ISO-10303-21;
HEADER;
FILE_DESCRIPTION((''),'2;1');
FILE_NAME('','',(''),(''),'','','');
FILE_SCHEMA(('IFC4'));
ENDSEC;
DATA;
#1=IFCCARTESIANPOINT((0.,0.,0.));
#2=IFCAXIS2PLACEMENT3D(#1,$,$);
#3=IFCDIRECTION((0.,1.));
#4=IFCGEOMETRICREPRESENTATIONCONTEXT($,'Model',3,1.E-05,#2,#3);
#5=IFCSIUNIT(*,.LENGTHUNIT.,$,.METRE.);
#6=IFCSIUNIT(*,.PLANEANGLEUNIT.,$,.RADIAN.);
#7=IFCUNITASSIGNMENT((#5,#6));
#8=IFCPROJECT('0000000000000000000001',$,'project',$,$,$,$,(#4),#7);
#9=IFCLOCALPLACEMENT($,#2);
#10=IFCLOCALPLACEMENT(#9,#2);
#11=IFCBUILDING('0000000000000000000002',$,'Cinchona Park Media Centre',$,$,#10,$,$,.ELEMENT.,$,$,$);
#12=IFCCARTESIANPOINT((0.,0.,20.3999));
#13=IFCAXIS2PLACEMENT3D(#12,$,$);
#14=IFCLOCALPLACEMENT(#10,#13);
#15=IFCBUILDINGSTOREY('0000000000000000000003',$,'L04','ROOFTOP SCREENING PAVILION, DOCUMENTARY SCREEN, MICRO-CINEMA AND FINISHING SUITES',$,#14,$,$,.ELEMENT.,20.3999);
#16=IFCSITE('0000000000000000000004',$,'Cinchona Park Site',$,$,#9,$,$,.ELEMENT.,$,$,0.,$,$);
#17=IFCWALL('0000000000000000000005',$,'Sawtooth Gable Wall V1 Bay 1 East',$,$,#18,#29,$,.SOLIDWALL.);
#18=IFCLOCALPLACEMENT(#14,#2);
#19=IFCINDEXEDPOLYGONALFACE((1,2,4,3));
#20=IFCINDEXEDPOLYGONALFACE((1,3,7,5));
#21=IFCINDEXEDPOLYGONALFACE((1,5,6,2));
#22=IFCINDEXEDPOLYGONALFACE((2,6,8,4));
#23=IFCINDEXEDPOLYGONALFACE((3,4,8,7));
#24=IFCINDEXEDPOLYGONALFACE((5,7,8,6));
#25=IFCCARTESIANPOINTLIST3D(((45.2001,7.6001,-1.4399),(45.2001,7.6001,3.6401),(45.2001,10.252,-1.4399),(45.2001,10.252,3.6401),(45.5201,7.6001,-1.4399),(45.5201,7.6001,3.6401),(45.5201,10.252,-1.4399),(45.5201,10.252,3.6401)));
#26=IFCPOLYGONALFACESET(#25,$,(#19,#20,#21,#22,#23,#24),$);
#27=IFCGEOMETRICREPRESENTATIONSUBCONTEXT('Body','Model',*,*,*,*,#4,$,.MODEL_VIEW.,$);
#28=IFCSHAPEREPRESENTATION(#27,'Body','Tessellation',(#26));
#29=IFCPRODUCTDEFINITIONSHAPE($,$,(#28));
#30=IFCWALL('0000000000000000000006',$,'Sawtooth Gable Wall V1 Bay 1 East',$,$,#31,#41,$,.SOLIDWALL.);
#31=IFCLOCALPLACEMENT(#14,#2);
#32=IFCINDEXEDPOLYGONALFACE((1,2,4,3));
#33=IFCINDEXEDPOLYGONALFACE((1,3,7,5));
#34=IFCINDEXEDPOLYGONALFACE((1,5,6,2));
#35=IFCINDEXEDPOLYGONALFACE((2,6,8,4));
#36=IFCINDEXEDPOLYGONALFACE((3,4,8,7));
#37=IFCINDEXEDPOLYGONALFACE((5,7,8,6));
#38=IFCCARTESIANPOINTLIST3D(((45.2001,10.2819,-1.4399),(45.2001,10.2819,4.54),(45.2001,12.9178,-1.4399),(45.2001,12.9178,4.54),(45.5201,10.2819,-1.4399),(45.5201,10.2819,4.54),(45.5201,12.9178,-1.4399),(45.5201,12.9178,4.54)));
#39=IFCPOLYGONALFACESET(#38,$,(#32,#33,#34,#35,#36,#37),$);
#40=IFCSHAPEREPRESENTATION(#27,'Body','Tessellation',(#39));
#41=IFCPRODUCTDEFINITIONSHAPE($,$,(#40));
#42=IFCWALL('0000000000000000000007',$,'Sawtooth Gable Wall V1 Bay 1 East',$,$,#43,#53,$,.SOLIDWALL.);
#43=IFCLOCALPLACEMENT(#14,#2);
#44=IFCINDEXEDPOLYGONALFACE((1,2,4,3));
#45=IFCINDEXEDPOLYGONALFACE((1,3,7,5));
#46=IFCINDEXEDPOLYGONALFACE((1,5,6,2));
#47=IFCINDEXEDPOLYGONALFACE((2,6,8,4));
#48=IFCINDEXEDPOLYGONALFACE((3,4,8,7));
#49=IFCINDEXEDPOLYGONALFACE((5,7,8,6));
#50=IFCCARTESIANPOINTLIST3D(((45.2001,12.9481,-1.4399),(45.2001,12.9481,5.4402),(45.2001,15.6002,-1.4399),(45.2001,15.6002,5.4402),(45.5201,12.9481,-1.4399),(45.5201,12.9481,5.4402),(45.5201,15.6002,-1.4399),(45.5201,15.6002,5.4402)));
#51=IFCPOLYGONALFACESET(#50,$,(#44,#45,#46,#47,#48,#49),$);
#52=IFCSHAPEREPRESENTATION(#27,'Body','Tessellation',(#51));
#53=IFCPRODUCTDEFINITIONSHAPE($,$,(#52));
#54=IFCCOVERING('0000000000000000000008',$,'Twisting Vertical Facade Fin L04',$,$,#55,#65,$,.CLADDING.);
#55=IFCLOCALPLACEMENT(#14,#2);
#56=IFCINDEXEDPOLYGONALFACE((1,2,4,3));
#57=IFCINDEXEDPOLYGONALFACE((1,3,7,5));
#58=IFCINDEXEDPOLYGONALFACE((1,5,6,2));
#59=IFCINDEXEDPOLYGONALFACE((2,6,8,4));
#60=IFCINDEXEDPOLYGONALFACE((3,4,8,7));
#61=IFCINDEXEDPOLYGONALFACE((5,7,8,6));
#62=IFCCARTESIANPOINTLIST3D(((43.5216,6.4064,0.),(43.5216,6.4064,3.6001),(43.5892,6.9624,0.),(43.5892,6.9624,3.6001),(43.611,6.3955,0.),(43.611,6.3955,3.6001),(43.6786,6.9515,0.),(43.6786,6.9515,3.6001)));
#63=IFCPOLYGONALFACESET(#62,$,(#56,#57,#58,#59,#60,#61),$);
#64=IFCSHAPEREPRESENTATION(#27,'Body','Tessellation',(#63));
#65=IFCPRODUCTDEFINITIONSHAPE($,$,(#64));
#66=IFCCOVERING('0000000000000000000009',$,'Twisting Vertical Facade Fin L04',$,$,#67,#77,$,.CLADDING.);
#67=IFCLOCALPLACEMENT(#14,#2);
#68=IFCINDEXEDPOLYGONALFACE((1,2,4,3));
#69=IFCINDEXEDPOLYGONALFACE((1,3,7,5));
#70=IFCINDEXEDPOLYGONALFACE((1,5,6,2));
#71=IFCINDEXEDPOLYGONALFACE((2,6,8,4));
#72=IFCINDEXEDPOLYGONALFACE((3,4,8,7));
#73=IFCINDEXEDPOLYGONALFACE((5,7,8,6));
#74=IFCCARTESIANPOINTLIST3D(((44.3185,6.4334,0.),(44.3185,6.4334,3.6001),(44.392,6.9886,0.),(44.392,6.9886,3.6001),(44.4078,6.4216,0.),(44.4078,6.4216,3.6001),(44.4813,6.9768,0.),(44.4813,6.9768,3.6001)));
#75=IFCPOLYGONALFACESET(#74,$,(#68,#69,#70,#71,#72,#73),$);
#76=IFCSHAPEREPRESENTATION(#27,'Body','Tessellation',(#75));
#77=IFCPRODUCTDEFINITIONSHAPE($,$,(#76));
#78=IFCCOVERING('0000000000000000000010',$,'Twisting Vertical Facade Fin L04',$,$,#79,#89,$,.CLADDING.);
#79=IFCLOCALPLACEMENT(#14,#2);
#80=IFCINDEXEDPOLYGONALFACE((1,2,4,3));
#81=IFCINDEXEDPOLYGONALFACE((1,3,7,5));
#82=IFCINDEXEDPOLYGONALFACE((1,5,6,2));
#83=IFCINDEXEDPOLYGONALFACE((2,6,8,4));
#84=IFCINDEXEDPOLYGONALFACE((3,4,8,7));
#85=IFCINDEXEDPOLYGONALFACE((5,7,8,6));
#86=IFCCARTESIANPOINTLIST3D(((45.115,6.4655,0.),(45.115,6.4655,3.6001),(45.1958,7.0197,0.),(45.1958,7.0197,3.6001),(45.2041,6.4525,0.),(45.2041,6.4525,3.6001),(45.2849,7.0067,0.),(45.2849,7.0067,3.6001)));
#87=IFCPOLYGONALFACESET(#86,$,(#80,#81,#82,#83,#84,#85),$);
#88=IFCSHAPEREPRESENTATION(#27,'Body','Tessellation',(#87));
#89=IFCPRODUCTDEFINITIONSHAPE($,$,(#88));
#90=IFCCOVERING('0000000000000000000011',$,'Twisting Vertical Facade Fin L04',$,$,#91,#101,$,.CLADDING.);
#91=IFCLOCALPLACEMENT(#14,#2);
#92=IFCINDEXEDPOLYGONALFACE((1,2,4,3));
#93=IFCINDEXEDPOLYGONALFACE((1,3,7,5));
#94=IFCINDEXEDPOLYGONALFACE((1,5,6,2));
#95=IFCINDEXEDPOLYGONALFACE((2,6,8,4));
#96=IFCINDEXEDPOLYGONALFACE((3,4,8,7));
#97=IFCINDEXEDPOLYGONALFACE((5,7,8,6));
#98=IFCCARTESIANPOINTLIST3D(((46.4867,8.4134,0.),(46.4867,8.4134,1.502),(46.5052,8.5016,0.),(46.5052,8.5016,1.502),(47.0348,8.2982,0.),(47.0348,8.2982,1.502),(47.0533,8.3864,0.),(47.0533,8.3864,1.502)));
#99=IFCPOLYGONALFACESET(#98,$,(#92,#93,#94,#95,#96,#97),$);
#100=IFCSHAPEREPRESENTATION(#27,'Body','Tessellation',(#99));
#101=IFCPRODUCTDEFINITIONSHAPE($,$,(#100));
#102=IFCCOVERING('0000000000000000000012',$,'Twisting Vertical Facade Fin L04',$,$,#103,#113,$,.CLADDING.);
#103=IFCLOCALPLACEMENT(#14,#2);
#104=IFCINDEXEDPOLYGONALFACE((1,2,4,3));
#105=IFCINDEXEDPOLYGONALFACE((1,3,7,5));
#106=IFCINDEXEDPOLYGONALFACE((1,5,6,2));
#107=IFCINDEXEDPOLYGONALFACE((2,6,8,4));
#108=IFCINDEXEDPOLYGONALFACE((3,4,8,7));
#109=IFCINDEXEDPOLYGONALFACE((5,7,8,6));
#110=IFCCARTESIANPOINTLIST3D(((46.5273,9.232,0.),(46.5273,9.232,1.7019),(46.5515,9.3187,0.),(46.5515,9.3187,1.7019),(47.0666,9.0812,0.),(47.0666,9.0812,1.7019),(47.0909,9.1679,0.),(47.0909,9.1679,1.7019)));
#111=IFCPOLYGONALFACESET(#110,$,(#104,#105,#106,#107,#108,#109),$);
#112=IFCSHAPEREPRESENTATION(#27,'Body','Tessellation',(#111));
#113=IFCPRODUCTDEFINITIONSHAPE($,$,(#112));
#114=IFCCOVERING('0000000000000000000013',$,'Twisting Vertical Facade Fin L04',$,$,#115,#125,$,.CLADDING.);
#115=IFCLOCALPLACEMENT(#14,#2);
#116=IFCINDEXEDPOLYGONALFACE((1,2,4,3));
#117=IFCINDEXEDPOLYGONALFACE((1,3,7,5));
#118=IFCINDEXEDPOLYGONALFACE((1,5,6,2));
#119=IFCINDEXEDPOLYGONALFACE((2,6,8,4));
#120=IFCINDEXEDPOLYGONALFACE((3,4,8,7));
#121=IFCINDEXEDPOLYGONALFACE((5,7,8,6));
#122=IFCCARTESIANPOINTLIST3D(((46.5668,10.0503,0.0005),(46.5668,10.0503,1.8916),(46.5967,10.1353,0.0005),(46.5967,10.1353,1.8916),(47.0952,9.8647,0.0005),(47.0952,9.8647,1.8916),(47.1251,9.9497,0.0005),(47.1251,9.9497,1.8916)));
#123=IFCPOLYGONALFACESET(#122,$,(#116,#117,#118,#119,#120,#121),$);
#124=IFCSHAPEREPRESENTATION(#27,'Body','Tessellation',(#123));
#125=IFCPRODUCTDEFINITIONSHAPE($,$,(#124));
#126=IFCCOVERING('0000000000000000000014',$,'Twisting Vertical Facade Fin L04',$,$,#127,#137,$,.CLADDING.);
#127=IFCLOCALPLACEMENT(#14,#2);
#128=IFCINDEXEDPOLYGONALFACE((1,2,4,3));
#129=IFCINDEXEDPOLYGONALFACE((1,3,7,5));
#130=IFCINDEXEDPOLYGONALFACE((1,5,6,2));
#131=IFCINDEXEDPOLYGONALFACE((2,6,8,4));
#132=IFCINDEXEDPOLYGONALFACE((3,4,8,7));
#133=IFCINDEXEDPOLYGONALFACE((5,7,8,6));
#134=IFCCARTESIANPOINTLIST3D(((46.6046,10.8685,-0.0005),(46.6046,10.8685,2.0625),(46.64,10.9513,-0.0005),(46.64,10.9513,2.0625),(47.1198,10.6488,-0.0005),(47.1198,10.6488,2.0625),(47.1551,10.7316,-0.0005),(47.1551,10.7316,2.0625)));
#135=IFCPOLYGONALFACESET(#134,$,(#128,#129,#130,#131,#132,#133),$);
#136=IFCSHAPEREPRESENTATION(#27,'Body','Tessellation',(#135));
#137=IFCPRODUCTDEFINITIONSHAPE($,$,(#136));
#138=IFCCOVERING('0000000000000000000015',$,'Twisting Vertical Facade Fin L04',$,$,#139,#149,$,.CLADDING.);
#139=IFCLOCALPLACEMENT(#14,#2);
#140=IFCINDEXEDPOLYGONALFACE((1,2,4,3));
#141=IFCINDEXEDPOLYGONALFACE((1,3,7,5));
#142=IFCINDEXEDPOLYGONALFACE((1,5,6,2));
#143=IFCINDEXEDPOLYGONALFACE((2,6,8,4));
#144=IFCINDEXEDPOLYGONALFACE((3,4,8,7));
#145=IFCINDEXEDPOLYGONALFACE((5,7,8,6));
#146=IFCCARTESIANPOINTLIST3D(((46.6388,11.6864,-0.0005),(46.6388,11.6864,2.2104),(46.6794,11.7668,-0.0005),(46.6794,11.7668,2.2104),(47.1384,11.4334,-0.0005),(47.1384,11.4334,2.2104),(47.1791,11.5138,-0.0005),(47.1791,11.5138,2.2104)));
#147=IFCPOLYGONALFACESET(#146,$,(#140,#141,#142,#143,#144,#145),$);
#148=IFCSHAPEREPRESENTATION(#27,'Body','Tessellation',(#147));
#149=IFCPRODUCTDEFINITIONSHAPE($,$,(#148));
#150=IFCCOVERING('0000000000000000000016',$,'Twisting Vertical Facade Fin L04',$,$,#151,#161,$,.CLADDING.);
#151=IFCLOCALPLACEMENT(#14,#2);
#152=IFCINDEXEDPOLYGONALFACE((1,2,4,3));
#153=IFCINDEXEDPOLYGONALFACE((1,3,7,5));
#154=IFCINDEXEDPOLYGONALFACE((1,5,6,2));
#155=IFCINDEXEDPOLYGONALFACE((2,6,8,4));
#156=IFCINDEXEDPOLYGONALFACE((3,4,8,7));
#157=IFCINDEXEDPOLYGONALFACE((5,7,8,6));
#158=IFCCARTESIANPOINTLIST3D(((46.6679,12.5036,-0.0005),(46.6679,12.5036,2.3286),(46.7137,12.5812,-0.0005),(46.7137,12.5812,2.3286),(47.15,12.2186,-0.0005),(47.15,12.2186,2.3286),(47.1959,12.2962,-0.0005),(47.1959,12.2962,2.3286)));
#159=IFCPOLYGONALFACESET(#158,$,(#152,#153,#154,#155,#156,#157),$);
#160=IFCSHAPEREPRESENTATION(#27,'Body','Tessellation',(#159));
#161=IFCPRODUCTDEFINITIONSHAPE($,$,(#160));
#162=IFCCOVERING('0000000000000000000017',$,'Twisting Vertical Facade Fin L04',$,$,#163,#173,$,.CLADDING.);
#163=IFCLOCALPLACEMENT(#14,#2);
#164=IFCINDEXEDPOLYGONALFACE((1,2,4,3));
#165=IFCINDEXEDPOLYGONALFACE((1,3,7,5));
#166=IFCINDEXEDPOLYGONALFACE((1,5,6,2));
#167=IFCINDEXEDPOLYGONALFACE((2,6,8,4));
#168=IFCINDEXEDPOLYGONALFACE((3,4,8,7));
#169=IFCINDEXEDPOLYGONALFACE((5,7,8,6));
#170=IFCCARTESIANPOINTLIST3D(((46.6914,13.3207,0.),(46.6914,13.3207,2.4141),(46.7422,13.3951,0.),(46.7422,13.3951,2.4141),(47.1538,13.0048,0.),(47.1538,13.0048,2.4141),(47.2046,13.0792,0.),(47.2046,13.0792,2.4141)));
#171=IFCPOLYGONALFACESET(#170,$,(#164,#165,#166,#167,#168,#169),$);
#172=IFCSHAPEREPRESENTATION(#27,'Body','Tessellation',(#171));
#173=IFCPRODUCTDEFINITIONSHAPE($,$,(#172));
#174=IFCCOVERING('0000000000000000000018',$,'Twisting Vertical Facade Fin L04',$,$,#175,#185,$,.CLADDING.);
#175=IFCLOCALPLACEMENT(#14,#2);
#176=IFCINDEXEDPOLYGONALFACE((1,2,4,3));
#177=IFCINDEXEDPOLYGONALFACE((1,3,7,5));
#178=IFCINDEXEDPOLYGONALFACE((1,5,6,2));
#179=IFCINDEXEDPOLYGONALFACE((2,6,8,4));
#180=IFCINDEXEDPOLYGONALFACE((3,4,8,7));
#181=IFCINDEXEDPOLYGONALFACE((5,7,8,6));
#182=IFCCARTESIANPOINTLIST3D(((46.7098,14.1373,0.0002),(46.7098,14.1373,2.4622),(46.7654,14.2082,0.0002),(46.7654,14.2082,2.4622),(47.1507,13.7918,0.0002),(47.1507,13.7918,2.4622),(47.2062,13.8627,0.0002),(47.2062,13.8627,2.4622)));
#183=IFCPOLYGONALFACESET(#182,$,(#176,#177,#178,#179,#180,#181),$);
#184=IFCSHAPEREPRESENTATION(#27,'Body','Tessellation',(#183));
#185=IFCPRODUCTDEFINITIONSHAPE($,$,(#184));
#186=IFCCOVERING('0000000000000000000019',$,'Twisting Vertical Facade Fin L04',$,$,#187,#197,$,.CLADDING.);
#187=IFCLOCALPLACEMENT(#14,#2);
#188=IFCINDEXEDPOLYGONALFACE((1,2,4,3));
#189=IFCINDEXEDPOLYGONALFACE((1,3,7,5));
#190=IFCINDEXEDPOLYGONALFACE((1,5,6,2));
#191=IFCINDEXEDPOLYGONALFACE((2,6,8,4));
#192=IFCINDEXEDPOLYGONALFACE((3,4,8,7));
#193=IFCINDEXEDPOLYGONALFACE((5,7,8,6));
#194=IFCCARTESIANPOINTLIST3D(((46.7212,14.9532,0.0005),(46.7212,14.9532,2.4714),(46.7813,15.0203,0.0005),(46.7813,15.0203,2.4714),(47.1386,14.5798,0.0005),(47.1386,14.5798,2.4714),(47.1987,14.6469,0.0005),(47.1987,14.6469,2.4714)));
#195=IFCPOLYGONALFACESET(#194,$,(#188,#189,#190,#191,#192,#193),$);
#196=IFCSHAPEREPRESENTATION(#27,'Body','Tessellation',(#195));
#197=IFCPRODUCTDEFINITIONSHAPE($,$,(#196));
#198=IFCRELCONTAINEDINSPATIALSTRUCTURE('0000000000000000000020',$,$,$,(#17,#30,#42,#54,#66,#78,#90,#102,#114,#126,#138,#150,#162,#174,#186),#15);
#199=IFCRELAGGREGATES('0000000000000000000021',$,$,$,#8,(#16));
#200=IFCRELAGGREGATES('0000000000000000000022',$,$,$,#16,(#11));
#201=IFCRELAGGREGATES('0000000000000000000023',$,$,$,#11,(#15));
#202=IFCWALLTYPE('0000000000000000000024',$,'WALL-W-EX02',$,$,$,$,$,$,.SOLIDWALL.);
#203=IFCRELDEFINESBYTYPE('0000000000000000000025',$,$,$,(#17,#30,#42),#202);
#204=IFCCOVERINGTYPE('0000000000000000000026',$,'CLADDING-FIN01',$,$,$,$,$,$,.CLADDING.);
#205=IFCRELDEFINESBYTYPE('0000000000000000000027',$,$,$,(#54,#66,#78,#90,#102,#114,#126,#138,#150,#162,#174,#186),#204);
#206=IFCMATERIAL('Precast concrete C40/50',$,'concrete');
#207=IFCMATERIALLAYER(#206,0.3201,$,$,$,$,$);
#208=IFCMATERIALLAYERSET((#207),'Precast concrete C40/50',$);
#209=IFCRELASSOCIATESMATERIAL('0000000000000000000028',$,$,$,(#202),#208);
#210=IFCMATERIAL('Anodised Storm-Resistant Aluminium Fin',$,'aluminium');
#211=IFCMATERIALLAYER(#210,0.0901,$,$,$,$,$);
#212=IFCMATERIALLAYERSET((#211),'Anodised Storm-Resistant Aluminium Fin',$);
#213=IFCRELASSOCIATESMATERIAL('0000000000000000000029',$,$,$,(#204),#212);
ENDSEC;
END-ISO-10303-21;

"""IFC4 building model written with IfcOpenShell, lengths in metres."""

from ifc_helpers import new_model, si_unit, direction, frame, frame_2d, origin, origin_2d, place, context, subcontext, project, spatial, rectangle, extrude, material, layer, layer_set, type_object, element, save


model = new_model("IFC4")

# Units and contexts
model_context = context("Model", 3, precision=1e-05, world=origin(), true_north=direction((0.0, 1.0)))
body_context = subcontext(model_context, "Body", "Model", "MODEL_VIEW")
ifc_project = project(units=[si_unit("LENGTHUNIT", "METRE"), si_unit("PLANEANGLEUNIT", "RADIAN")], contexts=[model_context])

# Site, building, storey
site_placement = place(None, origin())
site = spatial("IfcSite", under=ifc_project, at=site_placement, Name="Cinchona Park Site", CompositionType="ELEMENT", RefElevation=0.0)
building_placement = place(site_placement, origin())
building = spatial("IfcBuilding", under=site, at=building_placement, Name="Cinchona Park Media Centre", CompositionType="ELEMENT")
storey_placement = place(building_placement, frame((0.0, 0.0, 20.3999)))
storey = spatial("IfcBuildingStorey", under=building, at=storey_placement, Name="L04", Description="ROOFTOP SCREENING PAVILION, DOCUMENTARY SCREEN, MICRO-CINEMA AND FINISHING SUITES", CompositionType="ELEMENT", Elevation=20.3999)

# Walls
ifc_material_1 = material(Name="Precast concrete C40/50", Category="concrete")
ifc_layer_1 = layer(ifc_material_1, 0.3201)
ifc_layer_set_1 = layer_set([ifc_layer_1], Name="Precast concrete C40/50")
wall_type = type_object("IfcWallType", Name="WALL-W-EX02", PredefinedType="SOLIDWALL", material=ifc_layer_set_1)
wall_1_placement = place(storey_placement, frame((45.3601, 7.6001, -1.4399), z_axis=(0.0, 0.0, 1.0), x_axis=(0.0, 1.0, 0.0)))
element("IfcWall", 1, at=wall_1_placement, inside=storey, type_object=wall_type, Name="Sawtooth Gable Wall V1 Bay 1 East", PredefinedType="SOLIDWALL", context=body_context, shape_type="SweptSolid", body=[
    extrude(rectangle(XDim=2.6519, YDim=0.3201, at=frame_2d((1.3259, 0.0))), origin(), (0.0, 0.0, 1.0), 5.0801),
])
wall_2_placement = place(storey_placement, frame((45.3601, 10.282, -1.4399), z_axis=(0.0, 0.0, 1.0), x_axis=(0.0, 1.0, 0.0)))
element("IfcWall", 2, at=wall_2_placement, inside=storey, type_object=wall_type, Name="Sawtooth Gable Wall V1 Bay 1 East", PredefinedType="SOLIDWALL", context=body_context, shape_type="SweptSolid", body=[
    extrude(rectangle(XDim=2.636, YDim=0.3201, at=frame_2d((1.3179, 0.0))), origin(), (0.0, 0.0, 1.0), 5.98),
])
wall_3_placement = place(storey_placement, frame((45.3601, 12.948, -1.4399), z_axis=(0.0, 0.0, 1.0), x_axis=(0.0, 1.0, 0.0)))
element("IfcWall", 3, at=wall_3_placement, inside=storey, type_object=wall_type, Name="Sawtooth Gable Wall V1 Bay 1 East", PredefinedType="SOLIDWALL", context=body_context, shape_type="SweptSolid", body=[
    extrude(rectangle(XDim=2.6521, YDim=0.3201, at=frame_2d((1.3262, 0.0))), origin(), (0.0, 0.0, 1.0), 6.8801),
])

# Coverings
ifc_material_2 = material(Name="Anodised Storm-Resistant Aluminium Fin", Category="aluminium")
ifc_layer_2 = layer(ifc_material_2, 0.0901)
ifc_layer_set_2 = layer_set([ifc_layer_2], Name="Anodised Storm-Resistant Aluminium Fin")
covering_type = type_object("IfcCoveringType", Name="CLADDING-FIN01", PredefinedType="CLADDING", material=ifc_layer_set_2)
for number, where, z_axis, x_axis, name in (
    (4, (43.6001, 6.679, 0.0), (0.0, 0.0, 1.0), (0.120657, 0.992694, 0.0), "Twisting Vertical Facade Fin L04"),
    (5, (44.3999, 6.7051, 0.0), (0.0, 0.0, 1.0), (0.131391, 0.991331, 0.0), "Twisting Vertical Facade Fin L04"),
    (6, (45.2, 6.7361, 0.0), (0.0, 0.0, 1.0), (0.144356, 0.989526, 0.0), "Twisting Vertical Facade Fin L04"),
):
    element("IfcCovering", number, at=place(storey_placement, frame(where, z_axis=z_axis, x_axis=x_axis)), inside=storey, type_object=covering_type, Name=name, PredefinedType="CLADDING", context=body_context, shape_type="SweptSolid", body=[
        extrude(rectangle(XDim=0.5601, YDim=0.0901, at=origin_2d()), origin(), (0.0, 0.0, 1.0), 3.6001),
    ])
covering_1_placement = place(storey_placement, frame((46.77, 8.3999, 0.0), z_axis=(0.0, 0.0, 1.0), x_axis=(-0.978617, 0.205692, 0.0)))
element("IfcCovering", 7, at=covering_1_placement, inside=storey, type_object=covering_type, Name="Twisting Vertical Facade Fin L04", PredefinedType="CLADDING", context=body_context, shape_type="SweptSolid", body=[
    extrude(rectangle(XDim=0.5601, YDim=0.0901, at=origin_2d()), origin(), (0.0, 0.0, 1.0), 1.502),
])
covering_2_placement = place(storey_placement, frame((46.8091, 9.2, 0.0), z_axis=(0.0, 0.0, 1.0), x_axis=(-0.963069, 0.269256, 0.0)))
element("IfcCovering", 8, at=covering_2_placement, inside=storey, type_object=covering_type, Name="Twisting Vertical Facade Fin L04", PredefinedType="CLADDING", context=body_context, shape_type="SweptSolid", body=[
    extrude(rectangle(XDim=0.5601, YDim=0.0901, at=origin_2d()), origin(), (0.0, 0.0, 1.0), 1.7019),
])
covering_3_placement = place(storey_placement, frame((46.8459, 10.0, 0.0005), z_axis=(0.0, 0.0, 1.0), x_axis=(-0.943454, 0.331503, 0.0)))
element("IfcCovering", 9, at=covering_3_placement, inside=storey, type_object=covering_type, Name="Twisting Vertical Facade Fin L04", PredefinedType="CLADDING", context=body_context, shape_type="SweptSolid", body=[
    extrude(rectangle(XDim=0.5601, YDim=0.0901, at=origin_2d()), origin(), (0.0, 0.0, 1.0), 1.8911),
])
covering_4_placement = place(storey_placement, frame((46.8799, 10.8, -0.0005), z_axis=(0.0, 0.0, 1.0), x_axis=(-0.919821, 0.392337, 0.0)))
element("IfcCovering", 10, at=covering_4_placement, inside=storey, type_object=covering_type, Name="Twisting Vertical Facade Fin L04", PredefinedType="CLADDING", context=body_context, shape_type="SweptSolid", body=[
    extrude(rectangle(XDim=0.5601, YDim=0.0901, at=origin_2d()), origin(), (0.0, 0.0, 1.0), 2.063),
])
covering_5_placement = place(storey_placement, frame((46.9089, 11.6001, -0.0005), z_axis=(0.0, 0.0, 1.0), x_axis=(-0.892192, 0.451656, 0.0)))
element("IfcCovering", 11, at=covering_5_placement, inside=storey, type_object=covering_type, Name="Twisting Vertical Facade Fin L04", PredefinedType="CLADDING", context=body_context, shape_type="SweptSolid", body=[
    extrude(rectangle(XDim=0.5601, YDim=0.0901, at=origin_2d()), origin(), (0.0, 0.0, 1.0), 2.2109),
])
covering_6_placement = place(storey_placement, frame((46.9319, 12.3999, -0.0005), z_axis=(0.0, 0.0, 1.0), x_axis=(-0.860831, 0.508891, 0.0)))
element("IfcCovering", 12, at=covering_6_placement, inside=storey, type_object=covering_type, Name="Twisting Vertical Facade Fin L04", PredefinedType="CLADDING", context=body_context, shape_type="SweptSolid", body=[
    extrude(rectangle(XDim=0.5601, YDim=0.0901, at=origin_2d()), origin(), (0.0, 0.0, 1.0), 2.3291),
])
covering_7_placement = place(storey_placement, frame((46.948, 13.2, 0.0), z_axis=(0.0, 0.0, 1.0), x_axis=(-0.825705, 0.564103, 0.0)))
element("IfcCovering", 13, at=covering_7_placement, inside=storey, type_object=covering_type, Name="Twisting Vertical Facade Fin L04", PredefinedType="CLADDING", context=body_context, shape_type="SweptSolid", body=[
    extrude(rectangle(XDim=0.5601, YDim=0.0901, at=origin_2d()), origin(), (0.0, 0.0, 1.0), 2.4141),
])
covering_8_placement = place(storey_placement, frame((46.958, 14.0, 0.0002), z_axis=(0.0, 0.0, 1.0), x_axis=(-0.78715, 0.616761, 0.0)))
element("IfcCovering", 14, at=covering_8_placement, inside=storey, type_object=covering_type, Name="Twisting Vertical Facade Fin L04", PredefinedType="CLADDING", context=body_context, shape_type="SweptSolid", body=[
    extrude(rectangle(XDim=0.5601, YDim=0.0901, at=origin_2d()), origin(), (0.0, 0.0, 1.0), 2.4619),
])
covering_9_placement = place(storey_placement, frame((46.96, 14.8, 0.0005), z_axis=(0.0, 0.0, 1.0), x_axis=(-0.745243, 0.666793, 0.0)))
element("IfcCovering", 15, at=covering_9_placement, inside=storey, type_object=covering_type, Name="Twisting Vertical Facade Fin L04", PredefinedType="CLADDING", context=body_context, shape_type="SweptSolid", body=[
    extrude(rectangle(XDim=0.5601, YDim=0.0901, at=origin_2d()), origin(), (0.0, 0.0, 1.0), 2.4709),
])

save(model, "model.ifc")
